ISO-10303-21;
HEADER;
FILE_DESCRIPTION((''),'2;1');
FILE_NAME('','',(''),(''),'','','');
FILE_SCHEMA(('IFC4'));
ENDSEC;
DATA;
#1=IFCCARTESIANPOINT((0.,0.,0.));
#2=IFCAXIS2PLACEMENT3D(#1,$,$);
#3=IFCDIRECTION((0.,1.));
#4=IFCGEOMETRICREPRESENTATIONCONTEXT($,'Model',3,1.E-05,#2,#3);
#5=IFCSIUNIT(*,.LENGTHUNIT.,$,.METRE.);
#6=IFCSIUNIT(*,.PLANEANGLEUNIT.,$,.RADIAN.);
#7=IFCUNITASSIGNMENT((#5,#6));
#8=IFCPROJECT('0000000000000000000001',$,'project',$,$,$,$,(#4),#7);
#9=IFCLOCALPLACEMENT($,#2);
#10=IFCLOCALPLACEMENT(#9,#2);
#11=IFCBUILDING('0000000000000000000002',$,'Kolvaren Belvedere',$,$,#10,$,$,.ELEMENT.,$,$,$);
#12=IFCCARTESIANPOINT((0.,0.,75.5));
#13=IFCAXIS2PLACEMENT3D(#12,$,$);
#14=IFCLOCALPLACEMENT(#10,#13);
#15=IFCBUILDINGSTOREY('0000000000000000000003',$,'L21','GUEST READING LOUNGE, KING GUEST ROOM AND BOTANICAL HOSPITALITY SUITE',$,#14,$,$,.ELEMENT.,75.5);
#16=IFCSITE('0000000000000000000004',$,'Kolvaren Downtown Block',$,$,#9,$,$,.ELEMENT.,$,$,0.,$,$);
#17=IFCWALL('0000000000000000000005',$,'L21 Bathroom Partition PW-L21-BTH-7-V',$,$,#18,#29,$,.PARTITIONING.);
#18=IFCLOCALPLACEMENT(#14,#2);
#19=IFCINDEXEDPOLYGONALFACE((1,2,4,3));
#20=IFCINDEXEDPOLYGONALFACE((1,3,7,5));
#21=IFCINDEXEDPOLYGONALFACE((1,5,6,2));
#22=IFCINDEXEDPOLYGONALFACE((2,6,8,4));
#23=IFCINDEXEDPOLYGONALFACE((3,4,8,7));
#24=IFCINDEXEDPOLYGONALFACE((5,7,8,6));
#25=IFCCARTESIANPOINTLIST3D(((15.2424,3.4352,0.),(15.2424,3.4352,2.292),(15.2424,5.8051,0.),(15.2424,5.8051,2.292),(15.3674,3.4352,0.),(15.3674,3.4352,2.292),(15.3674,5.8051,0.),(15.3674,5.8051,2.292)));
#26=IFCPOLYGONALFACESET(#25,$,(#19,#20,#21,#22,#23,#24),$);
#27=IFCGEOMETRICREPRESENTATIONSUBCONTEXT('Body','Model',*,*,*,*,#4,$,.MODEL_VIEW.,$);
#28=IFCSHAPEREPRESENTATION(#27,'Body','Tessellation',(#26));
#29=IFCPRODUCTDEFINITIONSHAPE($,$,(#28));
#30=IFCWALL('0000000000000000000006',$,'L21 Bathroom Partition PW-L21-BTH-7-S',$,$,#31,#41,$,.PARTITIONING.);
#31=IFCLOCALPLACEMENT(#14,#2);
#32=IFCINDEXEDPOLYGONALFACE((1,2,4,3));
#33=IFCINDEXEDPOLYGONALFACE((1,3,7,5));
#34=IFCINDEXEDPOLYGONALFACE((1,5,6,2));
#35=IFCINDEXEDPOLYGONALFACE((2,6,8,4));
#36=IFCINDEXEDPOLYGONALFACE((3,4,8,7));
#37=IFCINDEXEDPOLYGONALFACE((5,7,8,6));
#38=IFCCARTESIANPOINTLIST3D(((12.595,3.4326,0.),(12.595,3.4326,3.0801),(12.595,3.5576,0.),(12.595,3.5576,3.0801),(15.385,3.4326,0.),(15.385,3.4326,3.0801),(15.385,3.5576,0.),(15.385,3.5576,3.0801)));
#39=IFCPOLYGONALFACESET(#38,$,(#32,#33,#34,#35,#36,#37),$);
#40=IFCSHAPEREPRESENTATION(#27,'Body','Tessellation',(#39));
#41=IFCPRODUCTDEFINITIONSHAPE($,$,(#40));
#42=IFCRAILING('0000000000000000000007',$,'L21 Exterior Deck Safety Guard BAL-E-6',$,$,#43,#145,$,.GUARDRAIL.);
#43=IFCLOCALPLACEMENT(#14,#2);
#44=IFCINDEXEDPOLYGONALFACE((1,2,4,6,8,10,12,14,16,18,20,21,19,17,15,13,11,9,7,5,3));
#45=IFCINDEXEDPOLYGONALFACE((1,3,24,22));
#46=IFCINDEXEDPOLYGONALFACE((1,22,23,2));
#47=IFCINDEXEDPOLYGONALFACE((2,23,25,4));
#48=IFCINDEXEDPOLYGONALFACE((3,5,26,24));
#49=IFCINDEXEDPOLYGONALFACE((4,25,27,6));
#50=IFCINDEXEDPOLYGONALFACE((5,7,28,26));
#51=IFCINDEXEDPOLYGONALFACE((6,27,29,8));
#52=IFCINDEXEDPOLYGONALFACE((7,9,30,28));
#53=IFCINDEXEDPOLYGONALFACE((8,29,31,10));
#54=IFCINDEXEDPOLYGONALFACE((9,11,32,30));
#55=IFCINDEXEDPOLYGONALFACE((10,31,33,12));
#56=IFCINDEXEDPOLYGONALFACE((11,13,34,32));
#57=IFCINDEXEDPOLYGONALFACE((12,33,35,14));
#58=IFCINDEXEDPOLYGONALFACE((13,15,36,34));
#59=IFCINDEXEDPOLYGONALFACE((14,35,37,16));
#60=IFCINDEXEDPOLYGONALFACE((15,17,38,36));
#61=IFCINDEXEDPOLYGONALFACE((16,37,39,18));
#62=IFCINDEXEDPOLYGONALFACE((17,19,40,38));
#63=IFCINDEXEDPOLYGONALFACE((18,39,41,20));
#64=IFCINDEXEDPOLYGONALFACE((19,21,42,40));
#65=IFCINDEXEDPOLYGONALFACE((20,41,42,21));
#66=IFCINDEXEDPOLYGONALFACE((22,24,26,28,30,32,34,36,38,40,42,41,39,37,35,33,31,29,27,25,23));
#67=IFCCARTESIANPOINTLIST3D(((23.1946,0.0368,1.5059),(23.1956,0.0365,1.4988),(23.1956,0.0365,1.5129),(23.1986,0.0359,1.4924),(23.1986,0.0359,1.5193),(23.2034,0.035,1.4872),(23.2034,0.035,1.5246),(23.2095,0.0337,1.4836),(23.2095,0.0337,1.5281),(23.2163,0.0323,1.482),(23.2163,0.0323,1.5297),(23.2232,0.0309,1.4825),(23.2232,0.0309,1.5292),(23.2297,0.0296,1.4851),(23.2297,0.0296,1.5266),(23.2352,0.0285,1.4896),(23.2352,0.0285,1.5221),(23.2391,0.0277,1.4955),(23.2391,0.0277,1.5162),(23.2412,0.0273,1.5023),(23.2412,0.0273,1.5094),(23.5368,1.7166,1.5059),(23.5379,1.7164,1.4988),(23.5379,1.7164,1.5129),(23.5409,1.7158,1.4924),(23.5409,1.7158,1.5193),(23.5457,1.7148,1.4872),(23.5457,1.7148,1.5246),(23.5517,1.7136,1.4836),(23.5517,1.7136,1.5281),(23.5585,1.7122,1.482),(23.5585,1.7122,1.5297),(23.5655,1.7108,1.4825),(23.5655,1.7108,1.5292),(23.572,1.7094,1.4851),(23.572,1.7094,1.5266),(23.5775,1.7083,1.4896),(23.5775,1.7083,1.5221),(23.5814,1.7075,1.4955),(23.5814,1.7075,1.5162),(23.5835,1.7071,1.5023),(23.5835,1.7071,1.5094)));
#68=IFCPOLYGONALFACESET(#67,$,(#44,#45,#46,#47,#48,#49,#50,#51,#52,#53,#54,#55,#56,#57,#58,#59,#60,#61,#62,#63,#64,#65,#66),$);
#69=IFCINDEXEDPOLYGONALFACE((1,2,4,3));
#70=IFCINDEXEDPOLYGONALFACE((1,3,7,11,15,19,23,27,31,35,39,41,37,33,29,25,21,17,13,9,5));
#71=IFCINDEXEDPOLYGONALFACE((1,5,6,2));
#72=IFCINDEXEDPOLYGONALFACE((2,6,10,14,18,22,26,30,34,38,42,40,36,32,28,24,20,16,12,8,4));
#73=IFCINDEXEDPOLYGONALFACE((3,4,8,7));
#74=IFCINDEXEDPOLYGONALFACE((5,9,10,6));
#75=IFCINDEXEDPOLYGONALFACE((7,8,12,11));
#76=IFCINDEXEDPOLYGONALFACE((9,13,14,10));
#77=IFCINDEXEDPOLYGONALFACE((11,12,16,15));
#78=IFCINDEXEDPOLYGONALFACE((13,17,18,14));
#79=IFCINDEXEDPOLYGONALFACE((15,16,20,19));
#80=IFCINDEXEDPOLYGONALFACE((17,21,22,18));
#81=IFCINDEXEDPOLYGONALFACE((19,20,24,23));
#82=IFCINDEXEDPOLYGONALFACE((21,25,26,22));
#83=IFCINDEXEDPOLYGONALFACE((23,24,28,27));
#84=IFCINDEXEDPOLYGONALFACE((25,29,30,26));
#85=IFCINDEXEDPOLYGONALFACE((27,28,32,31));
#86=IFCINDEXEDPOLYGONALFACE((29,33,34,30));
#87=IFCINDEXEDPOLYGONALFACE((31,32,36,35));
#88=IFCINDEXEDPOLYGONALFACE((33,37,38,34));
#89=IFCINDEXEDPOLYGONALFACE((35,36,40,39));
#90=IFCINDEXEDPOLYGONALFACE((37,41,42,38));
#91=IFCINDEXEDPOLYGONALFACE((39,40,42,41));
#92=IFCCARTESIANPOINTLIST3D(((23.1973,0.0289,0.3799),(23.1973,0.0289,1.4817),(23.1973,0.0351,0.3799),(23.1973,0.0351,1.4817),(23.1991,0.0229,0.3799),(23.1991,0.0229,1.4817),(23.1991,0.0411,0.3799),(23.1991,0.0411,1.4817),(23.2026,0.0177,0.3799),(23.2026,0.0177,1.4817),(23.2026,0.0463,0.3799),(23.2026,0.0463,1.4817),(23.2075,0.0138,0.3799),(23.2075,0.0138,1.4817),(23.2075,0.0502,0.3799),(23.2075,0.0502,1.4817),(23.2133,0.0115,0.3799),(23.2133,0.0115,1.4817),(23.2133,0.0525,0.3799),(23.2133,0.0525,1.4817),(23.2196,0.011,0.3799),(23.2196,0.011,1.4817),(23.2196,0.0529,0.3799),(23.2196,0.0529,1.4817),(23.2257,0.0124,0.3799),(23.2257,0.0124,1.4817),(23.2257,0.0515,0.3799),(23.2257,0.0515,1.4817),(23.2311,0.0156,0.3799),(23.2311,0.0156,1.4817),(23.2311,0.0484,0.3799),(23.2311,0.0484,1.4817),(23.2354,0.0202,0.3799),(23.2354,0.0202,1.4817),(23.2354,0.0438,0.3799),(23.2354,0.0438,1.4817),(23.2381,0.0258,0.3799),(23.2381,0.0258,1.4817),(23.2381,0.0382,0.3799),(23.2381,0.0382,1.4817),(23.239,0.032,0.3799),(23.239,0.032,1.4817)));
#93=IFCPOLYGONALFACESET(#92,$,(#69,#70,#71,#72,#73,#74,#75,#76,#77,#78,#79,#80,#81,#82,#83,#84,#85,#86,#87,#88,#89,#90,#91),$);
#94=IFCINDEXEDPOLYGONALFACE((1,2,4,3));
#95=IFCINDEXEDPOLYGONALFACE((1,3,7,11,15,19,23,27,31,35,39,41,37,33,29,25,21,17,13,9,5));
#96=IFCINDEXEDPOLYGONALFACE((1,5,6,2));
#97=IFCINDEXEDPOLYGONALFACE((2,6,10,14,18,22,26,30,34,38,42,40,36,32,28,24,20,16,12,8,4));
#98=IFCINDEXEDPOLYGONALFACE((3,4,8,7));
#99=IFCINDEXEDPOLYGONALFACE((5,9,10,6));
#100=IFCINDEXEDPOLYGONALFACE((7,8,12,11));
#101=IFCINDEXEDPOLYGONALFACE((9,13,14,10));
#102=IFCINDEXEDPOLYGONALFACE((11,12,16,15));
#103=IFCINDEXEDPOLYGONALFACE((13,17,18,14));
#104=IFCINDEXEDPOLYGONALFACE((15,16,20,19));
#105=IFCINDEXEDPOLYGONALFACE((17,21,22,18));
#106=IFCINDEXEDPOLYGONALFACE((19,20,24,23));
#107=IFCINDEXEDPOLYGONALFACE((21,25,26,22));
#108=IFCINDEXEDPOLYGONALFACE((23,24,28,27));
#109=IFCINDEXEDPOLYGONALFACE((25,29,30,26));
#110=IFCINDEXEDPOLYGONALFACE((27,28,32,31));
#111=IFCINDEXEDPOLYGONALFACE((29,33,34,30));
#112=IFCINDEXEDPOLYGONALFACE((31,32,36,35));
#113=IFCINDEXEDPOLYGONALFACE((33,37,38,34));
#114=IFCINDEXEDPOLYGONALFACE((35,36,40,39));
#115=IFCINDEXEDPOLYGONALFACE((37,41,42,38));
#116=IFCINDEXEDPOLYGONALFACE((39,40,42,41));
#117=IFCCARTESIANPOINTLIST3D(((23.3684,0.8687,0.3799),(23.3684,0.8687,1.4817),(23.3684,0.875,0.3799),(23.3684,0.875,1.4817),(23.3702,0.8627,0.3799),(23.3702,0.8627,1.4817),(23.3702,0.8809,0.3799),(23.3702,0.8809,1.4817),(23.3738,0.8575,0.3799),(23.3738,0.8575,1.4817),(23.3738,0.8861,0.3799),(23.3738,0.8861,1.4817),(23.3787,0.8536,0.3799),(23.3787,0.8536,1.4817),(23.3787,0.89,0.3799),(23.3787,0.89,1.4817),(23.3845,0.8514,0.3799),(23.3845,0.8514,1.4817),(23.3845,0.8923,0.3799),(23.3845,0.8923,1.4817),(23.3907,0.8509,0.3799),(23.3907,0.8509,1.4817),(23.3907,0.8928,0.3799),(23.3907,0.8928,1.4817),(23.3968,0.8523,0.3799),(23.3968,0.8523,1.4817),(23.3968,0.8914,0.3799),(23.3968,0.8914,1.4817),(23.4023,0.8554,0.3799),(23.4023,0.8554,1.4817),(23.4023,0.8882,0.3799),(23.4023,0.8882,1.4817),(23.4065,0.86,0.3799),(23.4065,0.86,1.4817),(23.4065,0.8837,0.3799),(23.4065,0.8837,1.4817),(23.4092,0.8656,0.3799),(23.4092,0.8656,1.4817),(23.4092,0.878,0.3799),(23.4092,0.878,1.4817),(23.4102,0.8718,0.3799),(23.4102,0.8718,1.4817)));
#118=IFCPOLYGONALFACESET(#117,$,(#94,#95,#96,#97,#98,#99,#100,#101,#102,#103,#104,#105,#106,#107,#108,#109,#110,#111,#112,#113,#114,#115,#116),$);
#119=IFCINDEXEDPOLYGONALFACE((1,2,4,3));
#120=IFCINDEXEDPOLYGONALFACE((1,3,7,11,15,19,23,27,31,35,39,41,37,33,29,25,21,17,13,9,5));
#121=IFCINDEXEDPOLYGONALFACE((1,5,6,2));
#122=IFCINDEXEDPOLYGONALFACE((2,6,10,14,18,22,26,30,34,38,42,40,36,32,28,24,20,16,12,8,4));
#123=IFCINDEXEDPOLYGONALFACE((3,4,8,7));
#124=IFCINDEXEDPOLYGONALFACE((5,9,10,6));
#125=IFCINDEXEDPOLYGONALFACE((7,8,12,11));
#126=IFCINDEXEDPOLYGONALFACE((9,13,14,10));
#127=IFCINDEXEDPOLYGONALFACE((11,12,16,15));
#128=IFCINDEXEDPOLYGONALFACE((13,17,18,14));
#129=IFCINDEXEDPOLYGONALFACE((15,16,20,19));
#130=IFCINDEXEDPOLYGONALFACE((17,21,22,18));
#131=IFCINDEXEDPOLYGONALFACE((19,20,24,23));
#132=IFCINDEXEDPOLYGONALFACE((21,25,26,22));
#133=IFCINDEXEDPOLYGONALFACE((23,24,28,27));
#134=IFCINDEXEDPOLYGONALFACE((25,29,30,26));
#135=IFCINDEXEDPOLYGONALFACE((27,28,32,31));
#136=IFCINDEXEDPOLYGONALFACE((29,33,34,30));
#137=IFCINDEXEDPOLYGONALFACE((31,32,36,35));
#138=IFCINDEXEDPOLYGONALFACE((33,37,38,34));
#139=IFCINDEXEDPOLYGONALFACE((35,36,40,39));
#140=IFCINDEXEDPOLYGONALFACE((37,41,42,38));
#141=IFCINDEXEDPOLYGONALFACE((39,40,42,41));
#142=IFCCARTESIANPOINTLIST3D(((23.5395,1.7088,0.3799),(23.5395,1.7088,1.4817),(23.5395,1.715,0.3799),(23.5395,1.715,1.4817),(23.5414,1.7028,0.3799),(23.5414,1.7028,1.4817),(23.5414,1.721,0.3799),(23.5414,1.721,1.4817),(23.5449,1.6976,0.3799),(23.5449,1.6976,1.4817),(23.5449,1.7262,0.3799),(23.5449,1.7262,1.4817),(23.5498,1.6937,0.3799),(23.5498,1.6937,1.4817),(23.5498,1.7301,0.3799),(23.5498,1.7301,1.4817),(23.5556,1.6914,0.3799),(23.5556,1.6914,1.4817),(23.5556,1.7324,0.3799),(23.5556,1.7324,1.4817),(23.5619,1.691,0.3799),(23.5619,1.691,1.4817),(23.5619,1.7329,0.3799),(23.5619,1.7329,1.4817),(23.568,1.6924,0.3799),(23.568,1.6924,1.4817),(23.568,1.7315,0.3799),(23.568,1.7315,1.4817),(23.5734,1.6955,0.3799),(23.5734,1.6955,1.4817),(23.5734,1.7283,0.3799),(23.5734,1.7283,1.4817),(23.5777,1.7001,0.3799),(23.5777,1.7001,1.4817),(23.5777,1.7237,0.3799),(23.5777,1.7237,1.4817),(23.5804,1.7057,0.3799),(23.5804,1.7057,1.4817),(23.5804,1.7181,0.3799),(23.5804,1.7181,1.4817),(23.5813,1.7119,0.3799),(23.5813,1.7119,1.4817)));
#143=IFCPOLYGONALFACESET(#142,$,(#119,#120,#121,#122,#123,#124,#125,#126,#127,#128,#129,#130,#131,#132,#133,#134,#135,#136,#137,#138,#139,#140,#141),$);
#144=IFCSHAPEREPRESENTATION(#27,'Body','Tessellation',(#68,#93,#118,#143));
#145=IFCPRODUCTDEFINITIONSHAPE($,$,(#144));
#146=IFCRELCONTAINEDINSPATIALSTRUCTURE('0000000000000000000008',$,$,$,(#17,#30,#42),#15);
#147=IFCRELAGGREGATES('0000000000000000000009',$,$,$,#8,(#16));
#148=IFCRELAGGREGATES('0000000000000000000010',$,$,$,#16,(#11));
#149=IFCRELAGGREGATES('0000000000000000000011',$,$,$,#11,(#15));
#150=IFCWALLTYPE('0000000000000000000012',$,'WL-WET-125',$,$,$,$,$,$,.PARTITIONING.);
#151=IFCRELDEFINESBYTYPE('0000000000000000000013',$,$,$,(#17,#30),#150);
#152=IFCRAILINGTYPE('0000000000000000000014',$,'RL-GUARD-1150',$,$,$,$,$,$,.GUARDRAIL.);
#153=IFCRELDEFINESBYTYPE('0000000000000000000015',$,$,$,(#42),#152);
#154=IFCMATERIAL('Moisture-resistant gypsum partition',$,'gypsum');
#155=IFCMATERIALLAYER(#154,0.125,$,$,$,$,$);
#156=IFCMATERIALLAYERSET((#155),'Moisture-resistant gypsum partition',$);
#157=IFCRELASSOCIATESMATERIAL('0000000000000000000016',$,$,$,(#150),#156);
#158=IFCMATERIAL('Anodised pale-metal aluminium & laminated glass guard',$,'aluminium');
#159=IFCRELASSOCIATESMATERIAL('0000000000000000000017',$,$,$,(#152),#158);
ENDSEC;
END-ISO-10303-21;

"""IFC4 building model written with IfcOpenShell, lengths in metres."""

from ifc_helpers import new_model, si_unit, direction, frame, frame_2d, origin, origin_2d, place, context, subcontext, project, spatial, rectangle, circle, extrude, material, layer, layer_set, type_object, element, save


model = new_model("IFC4")

# Units and contexts
model_context = context("Model", 3, precision=1e-05, world=origin(), true_north=direction((0.0, 1.0)))
body_context = subcontext(model_context, "Body", "Model", "MODEL_VIEW")
ifc_project = project(units=[si_unit("LENGTHUNIT", "METRE"), si_unit("PLANEANGLEUNIT", "RADIAN")], contexts=[model_context])

# Site, building, storey
site_placement = place(None, origin())
site = spatial("IfcSite", under=ifc_project, at=site_placement, Name="Kolvaren Downtown Block", CompositionType="ELEMENT", RefElevation=0.0)
building_placement = place(site_placement, origin())
building = spatial("IfcBuilding", under=site, at=building_placement, Name="Kolvaren Belvedere", CompositionType="ELEMENT")
storey_placement = place(building_placement, frame((0.0, 0.0, 75.5)))
storey = spatial("IfcBuildingStorey", under=building, at=storey_placement, Name="L21", Description="GUEST READING LOUNGE, KING GUEST ROOM AND BOTANICAL HOSPITALITY SUITE", CompositionType="ELEMENT", Elevation=75.5)

# Walls
ifc_material_1 = material(Name="Moisture-resistant gypsum partition", Category="gypsum")
ifc_layer_1 = layer(ifc_material_1, 0.125)
ifc_layer_set_1 = layer_set([ifc_layer_1], Name="Moisture-resistant gypsum partition")
wall_type_1 = type_object("IfcWallType", Name="WL-WET-125", PredefinedType="PARTITIONING", material=ifc_layer_set_1)
wall_1_placement = place(storey_placement, frame((15.3049, 3.4351, 0.0), z_axis=(0.0, 0.0, 1.0), x_axis=(0.0, 1.0, 0.0)))
element("IfcWall", 1, at=wall_1_placement, inside=storey, type_object=wall_type_1, Name="L21 Bathroom Partition PW-L21-BTH-7-V", PredefinedType="PARTITIONING", context=body_context, shape_type="SweptSolid", body=[
    extrude(rectangle(XDim=2.3699, YDim=0.125, at=frame_2d((1.1851, 0.0))), origin(), (0.0, 0.0, 1.0), 2.292),
])
wall_2_placement = place(storey_placement, frame((12.595, 3.4951, 0.0), z_axis=(0.0, 0.0, 1.0), x_axis=(1.0, 0.0, 0.0)))
element("IfcWall", 2, at=wall_2_placement, inside=storey, type_object=wall_type_1, Name="L21 Bathroom Partition PW-L21-BTH-7-S", PredefinedType="PARTITIONING", context=body_context, shape_type="SweptSolid", body=[
    extrude(rectangle(XDim=2.79, YDim=0.125, at=frame_2d((1.395, 0.0))), origin(), (0.0, 0.0, 1.0), 3.0801),
])

# Railing
ifc_material_2 = material(Name="Anodised pale-metal aluminium & laminated glass guard", Category="aluminium")
railing_type = type_object("IfcRailingType", Name="RL-GUARD-1150", PredefinedType="GUARDRAIL", material=ifc_material_2)
railing_1_placement = place(storey_placement, frame((23.218, 0.032, 0.3799)))
element("IfcRailing", 3, at=railing_1_placement, inside=storey, type_object=railing_type, Name="L21 Exterior Deck Safety Guard BAL-E-6", PredefinedType="GUARDRAIL", context=body_context, shape_type="SweptSolid", body=[
    extrude(circle(Radius=0.0239, at=origin_2d()), frame((0.0, 0.0, 1.126), z_axis=(0.199648, 0.979868, 0.0), x_axis=(-0.979868, 0.199648, 0.0)), (0.0, 0.0, 1.0), 1.7144),
    extrude(circle(Radius=0.021, at=origin_2d()), origin(), (0.0, 0.0, 1.0), 1.1018),
    extrude(circle(Radius=0.021, at=origin_2d()), frame((0.1711, 0.8398, 0.0)), (0.0, 0.0, 1.0), 1.1018),
    extrude(circle(Radius=0.021, at=origin_2d()), frame((0.3423, 1.6799, 0.0)), (0.0, 0.0, 1.0), 1.1018),
])

save(model, "model.ifc")
